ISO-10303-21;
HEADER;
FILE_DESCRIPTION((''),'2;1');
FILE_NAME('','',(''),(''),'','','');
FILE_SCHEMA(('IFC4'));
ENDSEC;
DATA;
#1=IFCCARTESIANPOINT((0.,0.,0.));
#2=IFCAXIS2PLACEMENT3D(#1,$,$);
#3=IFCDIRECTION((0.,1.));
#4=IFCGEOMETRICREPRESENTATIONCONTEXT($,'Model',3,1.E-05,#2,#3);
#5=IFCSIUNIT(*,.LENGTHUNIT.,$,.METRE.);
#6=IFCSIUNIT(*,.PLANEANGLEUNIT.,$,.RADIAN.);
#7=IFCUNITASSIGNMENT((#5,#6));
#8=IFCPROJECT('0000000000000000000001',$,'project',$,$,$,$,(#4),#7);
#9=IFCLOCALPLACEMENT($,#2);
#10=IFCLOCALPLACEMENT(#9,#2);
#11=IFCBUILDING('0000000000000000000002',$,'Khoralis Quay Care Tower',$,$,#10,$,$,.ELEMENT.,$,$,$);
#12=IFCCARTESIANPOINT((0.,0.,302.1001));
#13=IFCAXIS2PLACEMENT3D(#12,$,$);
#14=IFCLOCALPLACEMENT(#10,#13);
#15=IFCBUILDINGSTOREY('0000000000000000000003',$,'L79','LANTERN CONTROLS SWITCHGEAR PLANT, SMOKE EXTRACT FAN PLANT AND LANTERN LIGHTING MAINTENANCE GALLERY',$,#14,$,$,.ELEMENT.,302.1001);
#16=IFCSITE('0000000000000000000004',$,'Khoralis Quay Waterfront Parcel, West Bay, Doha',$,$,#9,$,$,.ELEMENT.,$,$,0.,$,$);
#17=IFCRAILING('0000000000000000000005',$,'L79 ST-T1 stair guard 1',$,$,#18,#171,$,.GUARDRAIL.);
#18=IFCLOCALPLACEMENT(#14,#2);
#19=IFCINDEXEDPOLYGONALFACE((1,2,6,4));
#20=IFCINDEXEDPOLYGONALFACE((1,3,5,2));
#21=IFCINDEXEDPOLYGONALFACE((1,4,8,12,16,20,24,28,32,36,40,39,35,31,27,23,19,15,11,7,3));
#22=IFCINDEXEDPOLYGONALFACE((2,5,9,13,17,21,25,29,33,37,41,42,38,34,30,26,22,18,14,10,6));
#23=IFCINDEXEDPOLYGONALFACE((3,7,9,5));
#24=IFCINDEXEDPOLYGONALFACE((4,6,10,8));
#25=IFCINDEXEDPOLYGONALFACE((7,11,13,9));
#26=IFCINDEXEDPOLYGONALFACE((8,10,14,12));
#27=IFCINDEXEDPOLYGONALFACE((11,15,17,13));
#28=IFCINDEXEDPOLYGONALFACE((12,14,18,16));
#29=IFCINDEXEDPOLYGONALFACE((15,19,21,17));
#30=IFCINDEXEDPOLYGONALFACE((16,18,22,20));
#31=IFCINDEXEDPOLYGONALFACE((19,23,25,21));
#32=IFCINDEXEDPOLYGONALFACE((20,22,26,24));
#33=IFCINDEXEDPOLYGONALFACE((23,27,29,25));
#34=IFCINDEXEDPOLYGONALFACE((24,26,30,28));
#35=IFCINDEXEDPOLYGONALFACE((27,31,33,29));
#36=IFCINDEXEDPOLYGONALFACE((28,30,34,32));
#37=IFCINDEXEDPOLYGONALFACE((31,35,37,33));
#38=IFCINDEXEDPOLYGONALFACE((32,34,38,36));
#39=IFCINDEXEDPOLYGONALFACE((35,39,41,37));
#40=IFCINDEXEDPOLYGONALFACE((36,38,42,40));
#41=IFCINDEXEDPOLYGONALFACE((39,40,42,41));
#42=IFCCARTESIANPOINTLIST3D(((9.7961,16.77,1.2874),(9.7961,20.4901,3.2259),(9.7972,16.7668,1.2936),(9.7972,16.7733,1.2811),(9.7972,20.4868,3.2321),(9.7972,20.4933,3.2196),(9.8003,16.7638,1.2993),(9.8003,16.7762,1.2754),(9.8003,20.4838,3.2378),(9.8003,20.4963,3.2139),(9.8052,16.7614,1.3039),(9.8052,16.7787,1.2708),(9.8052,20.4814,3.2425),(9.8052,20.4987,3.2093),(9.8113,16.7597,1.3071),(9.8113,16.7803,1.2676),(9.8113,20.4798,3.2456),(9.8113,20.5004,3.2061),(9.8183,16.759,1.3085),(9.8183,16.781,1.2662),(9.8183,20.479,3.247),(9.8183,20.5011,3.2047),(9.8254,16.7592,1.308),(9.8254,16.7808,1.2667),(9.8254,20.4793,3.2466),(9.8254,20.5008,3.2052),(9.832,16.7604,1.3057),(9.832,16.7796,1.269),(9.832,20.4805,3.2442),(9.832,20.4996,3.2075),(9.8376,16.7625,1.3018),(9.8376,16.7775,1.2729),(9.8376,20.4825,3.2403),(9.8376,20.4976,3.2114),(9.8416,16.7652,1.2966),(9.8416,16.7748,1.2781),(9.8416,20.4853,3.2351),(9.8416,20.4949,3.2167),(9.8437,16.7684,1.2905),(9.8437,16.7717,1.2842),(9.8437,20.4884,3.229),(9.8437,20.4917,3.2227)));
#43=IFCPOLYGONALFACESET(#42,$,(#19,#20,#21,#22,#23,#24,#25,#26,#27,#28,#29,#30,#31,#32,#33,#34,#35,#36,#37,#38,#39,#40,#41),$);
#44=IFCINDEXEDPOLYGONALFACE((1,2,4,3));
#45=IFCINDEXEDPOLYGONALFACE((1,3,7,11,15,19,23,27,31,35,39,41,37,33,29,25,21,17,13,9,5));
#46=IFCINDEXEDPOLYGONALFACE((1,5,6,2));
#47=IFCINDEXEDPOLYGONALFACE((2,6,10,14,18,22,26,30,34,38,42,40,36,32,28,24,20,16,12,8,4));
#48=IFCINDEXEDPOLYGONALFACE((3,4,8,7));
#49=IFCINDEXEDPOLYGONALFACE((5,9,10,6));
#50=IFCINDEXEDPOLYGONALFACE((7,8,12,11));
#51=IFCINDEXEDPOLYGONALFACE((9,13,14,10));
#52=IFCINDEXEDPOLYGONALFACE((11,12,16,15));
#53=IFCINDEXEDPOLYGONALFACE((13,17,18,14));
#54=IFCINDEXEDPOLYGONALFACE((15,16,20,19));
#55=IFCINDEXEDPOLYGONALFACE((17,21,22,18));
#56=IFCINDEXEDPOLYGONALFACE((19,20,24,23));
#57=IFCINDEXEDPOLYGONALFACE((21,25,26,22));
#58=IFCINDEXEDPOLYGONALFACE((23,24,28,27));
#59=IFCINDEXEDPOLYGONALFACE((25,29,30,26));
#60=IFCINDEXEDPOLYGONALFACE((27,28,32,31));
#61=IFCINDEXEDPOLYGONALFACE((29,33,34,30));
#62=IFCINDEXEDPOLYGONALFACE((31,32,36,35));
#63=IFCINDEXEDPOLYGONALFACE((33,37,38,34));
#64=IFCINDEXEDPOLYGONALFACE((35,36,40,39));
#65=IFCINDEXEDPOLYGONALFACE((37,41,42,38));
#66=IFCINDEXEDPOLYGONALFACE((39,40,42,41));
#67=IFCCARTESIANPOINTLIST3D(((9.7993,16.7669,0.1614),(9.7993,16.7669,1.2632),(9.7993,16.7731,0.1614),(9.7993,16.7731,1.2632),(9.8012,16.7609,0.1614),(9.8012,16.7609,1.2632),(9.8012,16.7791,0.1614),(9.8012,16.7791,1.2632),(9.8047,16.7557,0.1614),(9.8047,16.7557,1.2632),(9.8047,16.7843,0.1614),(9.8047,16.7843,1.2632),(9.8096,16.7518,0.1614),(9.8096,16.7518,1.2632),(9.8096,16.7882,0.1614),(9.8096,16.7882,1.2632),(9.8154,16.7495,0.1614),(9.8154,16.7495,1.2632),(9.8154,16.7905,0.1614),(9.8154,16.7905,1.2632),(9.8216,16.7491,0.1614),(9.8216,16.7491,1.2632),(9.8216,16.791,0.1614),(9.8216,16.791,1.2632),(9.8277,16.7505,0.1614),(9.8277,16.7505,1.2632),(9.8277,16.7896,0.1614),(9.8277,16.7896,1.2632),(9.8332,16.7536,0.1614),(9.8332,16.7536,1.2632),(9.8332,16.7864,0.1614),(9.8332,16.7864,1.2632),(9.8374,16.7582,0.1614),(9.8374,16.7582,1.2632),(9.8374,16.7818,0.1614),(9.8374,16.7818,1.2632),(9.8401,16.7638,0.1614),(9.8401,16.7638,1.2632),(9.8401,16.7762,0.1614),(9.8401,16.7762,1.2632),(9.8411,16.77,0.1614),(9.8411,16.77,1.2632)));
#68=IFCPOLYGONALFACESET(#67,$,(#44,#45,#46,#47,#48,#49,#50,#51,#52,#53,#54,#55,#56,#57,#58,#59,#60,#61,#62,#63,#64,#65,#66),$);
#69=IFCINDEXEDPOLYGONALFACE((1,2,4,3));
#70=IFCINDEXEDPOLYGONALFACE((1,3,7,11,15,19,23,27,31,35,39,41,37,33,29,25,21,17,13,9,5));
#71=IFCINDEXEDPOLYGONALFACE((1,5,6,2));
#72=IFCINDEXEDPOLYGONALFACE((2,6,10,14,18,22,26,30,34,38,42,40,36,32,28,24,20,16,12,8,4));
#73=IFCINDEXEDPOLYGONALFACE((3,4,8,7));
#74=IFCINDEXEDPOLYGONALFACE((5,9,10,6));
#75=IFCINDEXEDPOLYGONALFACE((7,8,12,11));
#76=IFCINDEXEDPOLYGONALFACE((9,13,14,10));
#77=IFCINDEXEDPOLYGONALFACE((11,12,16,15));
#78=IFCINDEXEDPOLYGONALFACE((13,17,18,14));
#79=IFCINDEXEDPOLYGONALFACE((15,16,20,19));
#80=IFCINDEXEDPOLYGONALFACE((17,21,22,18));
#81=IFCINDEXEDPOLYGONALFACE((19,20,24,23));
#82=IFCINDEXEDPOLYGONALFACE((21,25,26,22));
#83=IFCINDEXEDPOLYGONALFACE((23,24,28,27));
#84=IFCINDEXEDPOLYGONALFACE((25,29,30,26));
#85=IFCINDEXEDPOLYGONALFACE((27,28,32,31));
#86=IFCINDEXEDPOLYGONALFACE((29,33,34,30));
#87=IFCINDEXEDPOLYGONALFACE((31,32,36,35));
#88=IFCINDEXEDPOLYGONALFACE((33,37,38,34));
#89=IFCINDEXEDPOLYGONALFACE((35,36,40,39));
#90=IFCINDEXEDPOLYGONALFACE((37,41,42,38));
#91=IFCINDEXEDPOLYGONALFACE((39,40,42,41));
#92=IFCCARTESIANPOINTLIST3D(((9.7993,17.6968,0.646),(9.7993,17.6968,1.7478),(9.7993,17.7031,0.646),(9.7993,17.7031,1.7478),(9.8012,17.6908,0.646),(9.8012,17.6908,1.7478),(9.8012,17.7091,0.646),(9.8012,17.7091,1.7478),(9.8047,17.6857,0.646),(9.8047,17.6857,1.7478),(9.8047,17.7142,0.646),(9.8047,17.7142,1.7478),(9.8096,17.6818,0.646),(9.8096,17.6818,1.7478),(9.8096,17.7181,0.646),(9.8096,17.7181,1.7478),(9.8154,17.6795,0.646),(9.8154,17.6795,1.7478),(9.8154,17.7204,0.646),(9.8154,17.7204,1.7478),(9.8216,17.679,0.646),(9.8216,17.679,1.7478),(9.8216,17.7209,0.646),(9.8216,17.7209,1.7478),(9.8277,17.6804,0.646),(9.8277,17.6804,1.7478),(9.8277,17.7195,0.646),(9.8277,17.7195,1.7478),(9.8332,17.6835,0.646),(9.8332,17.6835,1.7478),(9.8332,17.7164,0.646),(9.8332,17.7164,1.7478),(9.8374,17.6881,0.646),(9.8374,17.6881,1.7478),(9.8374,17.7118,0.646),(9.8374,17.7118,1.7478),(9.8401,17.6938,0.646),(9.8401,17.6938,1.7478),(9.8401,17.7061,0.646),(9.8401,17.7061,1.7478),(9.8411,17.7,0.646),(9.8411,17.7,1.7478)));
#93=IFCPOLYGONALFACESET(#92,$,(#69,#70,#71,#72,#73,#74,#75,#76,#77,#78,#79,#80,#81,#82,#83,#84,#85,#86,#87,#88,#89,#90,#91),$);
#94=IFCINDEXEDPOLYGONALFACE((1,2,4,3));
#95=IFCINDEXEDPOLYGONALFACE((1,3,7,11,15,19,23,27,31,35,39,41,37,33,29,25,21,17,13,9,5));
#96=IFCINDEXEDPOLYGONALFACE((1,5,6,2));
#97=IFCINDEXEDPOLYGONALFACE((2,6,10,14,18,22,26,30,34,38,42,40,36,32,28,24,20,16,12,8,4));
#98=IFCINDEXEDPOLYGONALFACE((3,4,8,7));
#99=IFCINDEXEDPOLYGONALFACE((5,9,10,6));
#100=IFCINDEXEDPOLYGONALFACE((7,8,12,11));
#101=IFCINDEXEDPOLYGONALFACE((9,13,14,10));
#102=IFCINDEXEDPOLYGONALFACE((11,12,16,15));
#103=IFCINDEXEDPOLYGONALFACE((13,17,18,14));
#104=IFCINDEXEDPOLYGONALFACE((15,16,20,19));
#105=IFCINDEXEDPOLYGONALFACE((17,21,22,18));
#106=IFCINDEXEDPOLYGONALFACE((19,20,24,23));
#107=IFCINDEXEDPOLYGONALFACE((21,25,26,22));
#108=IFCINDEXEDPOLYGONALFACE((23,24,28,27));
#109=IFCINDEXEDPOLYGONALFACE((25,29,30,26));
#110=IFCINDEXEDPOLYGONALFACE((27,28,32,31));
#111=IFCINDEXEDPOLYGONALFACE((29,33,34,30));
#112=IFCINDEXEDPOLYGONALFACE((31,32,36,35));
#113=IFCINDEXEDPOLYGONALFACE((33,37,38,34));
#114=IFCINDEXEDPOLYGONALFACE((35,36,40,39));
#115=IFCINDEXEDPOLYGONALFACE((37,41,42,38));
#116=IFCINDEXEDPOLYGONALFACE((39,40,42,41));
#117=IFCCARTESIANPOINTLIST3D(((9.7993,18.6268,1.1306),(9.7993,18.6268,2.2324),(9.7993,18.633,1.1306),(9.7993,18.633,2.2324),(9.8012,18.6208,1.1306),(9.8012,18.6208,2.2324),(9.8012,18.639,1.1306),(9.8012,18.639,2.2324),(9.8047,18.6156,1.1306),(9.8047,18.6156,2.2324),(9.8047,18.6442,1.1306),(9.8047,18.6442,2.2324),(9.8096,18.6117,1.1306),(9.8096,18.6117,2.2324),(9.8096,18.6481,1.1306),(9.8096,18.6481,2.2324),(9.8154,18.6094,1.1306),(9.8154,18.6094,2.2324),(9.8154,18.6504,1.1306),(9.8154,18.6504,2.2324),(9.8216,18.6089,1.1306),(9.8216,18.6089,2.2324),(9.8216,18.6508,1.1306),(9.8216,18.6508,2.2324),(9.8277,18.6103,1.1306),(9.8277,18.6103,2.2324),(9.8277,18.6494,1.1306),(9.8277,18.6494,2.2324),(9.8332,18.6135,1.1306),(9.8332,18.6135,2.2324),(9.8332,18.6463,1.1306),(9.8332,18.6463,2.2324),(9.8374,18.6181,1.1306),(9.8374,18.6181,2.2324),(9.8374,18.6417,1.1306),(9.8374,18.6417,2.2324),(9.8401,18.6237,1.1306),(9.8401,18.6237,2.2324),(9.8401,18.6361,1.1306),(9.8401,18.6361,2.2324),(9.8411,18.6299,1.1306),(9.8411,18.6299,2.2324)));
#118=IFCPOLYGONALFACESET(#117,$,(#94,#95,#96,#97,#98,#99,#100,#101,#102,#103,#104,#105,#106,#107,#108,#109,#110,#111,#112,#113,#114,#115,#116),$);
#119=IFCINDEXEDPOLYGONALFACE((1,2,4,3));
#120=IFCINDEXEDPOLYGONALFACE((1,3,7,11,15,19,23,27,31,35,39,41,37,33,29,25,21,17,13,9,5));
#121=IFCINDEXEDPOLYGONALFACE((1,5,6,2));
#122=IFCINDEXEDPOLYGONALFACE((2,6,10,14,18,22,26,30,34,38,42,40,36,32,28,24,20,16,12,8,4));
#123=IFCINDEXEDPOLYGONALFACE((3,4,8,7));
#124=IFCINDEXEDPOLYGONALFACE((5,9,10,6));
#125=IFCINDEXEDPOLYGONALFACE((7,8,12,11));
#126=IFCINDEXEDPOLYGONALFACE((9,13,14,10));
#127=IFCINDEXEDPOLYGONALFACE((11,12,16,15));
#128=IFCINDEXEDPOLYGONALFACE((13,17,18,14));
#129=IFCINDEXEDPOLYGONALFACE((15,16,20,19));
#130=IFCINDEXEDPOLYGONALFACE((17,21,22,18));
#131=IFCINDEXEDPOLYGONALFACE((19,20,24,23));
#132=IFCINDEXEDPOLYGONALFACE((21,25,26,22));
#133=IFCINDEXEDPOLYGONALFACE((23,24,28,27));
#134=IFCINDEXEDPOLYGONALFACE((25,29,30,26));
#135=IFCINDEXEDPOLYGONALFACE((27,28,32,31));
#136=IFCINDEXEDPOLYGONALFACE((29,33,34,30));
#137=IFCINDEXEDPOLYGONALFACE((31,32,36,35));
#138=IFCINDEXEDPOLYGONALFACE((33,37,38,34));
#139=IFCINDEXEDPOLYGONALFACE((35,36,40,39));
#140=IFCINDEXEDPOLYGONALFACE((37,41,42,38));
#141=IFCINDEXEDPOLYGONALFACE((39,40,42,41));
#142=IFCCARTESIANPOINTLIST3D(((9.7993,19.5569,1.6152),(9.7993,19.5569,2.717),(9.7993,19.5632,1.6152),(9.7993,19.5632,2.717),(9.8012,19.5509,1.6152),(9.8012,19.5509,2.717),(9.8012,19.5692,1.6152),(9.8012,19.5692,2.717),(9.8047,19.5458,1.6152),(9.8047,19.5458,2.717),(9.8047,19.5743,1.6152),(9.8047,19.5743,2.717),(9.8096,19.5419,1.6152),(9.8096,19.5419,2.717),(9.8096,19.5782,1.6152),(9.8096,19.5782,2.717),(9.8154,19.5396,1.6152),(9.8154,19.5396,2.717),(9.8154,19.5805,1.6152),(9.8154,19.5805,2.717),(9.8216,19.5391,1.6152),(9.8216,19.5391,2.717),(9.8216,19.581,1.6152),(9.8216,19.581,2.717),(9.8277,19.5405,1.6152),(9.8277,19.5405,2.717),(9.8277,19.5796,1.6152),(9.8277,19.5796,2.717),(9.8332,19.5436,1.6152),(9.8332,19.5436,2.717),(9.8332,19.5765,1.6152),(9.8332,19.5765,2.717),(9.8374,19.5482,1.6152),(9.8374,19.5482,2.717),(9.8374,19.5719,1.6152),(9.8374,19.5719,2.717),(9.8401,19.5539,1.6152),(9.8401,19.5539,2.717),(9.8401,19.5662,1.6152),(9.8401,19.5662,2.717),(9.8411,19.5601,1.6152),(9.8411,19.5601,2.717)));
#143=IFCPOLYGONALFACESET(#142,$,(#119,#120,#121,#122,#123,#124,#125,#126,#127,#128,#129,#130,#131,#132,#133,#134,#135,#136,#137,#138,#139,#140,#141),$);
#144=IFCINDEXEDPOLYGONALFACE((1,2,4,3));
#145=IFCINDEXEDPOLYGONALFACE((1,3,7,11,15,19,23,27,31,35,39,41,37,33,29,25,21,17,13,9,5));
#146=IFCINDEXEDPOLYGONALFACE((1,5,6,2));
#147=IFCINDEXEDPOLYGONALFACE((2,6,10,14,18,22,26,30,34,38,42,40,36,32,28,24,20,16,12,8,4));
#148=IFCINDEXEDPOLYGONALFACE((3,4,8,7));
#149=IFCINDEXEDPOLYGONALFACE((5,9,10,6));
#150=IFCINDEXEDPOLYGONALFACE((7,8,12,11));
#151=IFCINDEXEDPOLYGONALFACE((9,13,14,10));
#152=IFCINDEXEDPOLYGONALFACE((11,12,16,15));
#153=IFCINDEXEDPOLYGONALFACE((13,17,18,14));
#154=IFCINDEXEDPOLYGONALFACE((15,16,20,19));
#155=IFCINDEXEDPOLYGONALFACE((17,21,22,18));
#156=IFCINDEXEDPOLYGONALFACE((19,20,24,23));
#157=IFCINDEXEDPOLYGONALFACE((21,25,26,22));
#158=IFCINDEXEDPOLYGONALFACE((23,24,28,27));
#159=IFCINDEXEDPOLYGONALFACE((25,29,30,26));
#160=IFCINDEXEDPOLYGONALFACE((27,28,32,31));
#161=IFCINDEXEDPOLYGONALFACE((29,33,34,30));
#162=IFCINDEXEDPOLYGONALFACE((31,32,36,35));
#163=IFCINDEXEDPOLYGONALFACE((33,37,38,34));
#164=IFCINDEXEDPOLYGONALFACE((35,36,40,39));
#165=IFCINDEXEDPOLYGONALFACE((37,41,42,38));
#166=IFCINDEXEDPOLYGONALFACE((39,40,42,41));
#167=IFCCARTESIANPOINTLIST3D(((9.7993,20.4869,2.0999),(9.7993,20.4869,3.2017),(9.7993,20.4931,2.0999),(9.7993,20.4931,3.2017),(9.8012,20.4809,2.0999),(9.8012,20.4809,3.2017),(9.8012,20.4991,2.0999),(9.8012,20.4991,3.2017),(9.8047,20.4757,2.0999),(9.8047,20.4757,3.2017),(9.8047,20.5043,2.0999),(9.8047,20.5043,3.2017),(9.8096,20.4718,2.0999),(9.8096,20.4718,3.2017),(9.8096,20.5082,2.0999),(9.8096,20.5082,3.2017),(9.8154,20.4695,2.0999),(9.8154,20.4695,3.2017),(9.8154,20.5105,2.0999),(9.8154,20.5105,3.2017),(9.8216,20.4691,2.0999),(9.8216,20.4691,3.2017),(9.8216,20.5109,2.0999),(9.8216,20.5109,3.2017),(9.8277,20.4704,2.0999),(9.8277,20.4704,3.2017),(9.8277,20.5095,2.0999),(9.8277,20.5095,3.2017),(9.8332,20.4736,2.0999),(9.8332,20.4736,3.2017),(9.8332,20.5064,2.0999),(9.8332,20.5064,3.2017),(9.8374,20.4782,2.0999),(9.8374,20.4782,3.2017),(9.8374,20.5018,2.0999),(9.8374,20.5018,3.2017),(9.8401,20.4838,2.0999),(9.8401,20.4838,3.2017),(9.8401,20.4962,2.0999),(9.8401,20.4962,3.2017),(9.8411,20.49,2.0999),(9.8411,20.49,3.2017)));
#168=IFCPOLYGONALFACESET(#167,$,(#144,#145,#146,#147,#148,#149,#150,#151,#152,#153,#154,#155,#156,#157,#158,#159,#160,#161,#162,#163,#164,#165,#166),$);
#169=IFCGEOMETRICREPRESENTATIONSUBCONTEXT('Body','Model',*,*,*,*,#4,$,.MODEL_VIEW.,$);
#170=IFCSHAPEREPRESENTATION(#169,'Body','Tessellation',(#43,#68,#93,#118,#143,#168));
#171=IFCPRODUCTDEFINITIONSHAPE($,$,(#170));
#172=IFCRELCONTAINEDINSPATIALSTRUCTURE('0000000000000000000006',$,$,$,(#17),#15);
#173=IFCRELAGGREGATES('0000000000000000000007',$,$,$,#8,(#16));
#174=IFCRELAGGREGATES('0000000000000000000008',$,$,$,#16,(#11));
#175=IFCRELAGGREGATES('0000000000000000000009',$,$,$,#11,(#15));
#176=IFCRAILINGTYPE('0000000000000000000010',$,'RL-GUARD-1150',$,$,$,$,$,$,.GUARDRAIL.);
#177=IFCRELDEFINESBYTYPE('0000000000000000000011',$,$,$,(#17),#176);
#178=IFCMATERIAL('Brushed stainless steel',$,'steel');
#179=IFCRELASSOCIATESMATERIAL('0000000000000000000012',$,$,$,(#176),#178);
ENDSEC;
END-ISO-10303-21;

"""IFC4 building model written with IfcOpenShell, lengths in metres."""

from ifc_helpers import new_model, si_unit, direction, frame, origin, origin_2d, place, context, subcontext, project, spatial, circle, extrude, material, type_object, element, save


model = new_model("IFC4")

# Units and contexts
model_context = context("Model", 3, precision=1e-05, world=origin(), true_north=direction((0.0, 1.0)))
body_context = subcontext(model_context, "Body", "Model", "MODEL_VIEW")
ifc_project = project(units=[si_unit("LENGTHUNIT", "METRE"), si_unit("PLANEANGLEUNIT", "RADIAN")], contexts=[model_context])

# Site, building, storey
site_placement = place(None, origin())
site = spatial("IfcSite", under=ifc_project, at=site_placement, Name="Khoralis Quay Waterfront Parcel, West Bay, Doha", CompositionType="ELEMENT", RefElevation=0.0)
building_placement = place(site_placement, origin())
building = spatial("IfcBuilding", under=site, at=building_placement, Name="Khoralis Quay Care Tower", CompositionType="ELEMENT")
storey_placement = place(building_placement, frame((0.0, 0.0, 302.1001)))
storey = spatial("IfcBuildingStorey", under=building, at=storey_placement, Name="L79", Description="LANTERN CONTROLS SWITCHGEAR PLANT, SMOKE EXTRACT FAN PLANT AND LANTERN LIGHTING MAINTENANCE GALLERY", CompositionType="ELEMENT", Elevation=302.1001)

# Shared definitions
ifc_material_1 = material(Name="Brushed stainless steel", Category="steel")

# Railing
railing_type_1 = type_object("IfcRailingType", Name="RL-GUARD-1150", PredefinedType="GUARDRAIL", material=ifc_material_1)
railing_1_placement = place(storey_placement, frame((9.8201, 16.77, 0.1614)))
element("IfcRailing", 1, at=railing_1_placement, inside=storey, type_object=railing_type_1, Name="L79 ST-T1 stair guard 1", PredefinedType="GUARDRAIL", context=body_context, shape_type="SweptSolid", body=[
    extrude(circle(Radius=0.0239, at=origin_2d()), frame((0.0, 0.0, 1.126), z_axis=(0.0, 0.886817, 0.46212), x_axis=(-1.0, 0.0, 0.0)), (0.0, 0.0, 1.0), 4.1948),
    extrude(circle(Radius=0.021, at=origin_2d()), origin(), (0.0, 0.0, 1.0), 1.1018),
    extrude(circle(Radius=0.021, at=origin_2d()), frame((0.0, 0.9299, 0.4846)), (0.0, 0.0, 1.0), 1.1018),
    extrude(circle(Radius=0.021, at=origin_2d()), frame((0.0, 1.8599, 0.9692)), (0.0, 0.0, 1.0), 1.1018),
    extrude(circle(Radius=0.021, at=origin_2d()), frame((0.0, 2.79, 1.4539)), (0.0, 0.0, 1.0), 1.1018),
    extrude(circle(Radius=0.021, at=origin_2d()), frame((0.0, 3.72, 1.9385)), (0.0, 0.0, 1.0), 1.1018),
])

save(model, "model.ifc")
